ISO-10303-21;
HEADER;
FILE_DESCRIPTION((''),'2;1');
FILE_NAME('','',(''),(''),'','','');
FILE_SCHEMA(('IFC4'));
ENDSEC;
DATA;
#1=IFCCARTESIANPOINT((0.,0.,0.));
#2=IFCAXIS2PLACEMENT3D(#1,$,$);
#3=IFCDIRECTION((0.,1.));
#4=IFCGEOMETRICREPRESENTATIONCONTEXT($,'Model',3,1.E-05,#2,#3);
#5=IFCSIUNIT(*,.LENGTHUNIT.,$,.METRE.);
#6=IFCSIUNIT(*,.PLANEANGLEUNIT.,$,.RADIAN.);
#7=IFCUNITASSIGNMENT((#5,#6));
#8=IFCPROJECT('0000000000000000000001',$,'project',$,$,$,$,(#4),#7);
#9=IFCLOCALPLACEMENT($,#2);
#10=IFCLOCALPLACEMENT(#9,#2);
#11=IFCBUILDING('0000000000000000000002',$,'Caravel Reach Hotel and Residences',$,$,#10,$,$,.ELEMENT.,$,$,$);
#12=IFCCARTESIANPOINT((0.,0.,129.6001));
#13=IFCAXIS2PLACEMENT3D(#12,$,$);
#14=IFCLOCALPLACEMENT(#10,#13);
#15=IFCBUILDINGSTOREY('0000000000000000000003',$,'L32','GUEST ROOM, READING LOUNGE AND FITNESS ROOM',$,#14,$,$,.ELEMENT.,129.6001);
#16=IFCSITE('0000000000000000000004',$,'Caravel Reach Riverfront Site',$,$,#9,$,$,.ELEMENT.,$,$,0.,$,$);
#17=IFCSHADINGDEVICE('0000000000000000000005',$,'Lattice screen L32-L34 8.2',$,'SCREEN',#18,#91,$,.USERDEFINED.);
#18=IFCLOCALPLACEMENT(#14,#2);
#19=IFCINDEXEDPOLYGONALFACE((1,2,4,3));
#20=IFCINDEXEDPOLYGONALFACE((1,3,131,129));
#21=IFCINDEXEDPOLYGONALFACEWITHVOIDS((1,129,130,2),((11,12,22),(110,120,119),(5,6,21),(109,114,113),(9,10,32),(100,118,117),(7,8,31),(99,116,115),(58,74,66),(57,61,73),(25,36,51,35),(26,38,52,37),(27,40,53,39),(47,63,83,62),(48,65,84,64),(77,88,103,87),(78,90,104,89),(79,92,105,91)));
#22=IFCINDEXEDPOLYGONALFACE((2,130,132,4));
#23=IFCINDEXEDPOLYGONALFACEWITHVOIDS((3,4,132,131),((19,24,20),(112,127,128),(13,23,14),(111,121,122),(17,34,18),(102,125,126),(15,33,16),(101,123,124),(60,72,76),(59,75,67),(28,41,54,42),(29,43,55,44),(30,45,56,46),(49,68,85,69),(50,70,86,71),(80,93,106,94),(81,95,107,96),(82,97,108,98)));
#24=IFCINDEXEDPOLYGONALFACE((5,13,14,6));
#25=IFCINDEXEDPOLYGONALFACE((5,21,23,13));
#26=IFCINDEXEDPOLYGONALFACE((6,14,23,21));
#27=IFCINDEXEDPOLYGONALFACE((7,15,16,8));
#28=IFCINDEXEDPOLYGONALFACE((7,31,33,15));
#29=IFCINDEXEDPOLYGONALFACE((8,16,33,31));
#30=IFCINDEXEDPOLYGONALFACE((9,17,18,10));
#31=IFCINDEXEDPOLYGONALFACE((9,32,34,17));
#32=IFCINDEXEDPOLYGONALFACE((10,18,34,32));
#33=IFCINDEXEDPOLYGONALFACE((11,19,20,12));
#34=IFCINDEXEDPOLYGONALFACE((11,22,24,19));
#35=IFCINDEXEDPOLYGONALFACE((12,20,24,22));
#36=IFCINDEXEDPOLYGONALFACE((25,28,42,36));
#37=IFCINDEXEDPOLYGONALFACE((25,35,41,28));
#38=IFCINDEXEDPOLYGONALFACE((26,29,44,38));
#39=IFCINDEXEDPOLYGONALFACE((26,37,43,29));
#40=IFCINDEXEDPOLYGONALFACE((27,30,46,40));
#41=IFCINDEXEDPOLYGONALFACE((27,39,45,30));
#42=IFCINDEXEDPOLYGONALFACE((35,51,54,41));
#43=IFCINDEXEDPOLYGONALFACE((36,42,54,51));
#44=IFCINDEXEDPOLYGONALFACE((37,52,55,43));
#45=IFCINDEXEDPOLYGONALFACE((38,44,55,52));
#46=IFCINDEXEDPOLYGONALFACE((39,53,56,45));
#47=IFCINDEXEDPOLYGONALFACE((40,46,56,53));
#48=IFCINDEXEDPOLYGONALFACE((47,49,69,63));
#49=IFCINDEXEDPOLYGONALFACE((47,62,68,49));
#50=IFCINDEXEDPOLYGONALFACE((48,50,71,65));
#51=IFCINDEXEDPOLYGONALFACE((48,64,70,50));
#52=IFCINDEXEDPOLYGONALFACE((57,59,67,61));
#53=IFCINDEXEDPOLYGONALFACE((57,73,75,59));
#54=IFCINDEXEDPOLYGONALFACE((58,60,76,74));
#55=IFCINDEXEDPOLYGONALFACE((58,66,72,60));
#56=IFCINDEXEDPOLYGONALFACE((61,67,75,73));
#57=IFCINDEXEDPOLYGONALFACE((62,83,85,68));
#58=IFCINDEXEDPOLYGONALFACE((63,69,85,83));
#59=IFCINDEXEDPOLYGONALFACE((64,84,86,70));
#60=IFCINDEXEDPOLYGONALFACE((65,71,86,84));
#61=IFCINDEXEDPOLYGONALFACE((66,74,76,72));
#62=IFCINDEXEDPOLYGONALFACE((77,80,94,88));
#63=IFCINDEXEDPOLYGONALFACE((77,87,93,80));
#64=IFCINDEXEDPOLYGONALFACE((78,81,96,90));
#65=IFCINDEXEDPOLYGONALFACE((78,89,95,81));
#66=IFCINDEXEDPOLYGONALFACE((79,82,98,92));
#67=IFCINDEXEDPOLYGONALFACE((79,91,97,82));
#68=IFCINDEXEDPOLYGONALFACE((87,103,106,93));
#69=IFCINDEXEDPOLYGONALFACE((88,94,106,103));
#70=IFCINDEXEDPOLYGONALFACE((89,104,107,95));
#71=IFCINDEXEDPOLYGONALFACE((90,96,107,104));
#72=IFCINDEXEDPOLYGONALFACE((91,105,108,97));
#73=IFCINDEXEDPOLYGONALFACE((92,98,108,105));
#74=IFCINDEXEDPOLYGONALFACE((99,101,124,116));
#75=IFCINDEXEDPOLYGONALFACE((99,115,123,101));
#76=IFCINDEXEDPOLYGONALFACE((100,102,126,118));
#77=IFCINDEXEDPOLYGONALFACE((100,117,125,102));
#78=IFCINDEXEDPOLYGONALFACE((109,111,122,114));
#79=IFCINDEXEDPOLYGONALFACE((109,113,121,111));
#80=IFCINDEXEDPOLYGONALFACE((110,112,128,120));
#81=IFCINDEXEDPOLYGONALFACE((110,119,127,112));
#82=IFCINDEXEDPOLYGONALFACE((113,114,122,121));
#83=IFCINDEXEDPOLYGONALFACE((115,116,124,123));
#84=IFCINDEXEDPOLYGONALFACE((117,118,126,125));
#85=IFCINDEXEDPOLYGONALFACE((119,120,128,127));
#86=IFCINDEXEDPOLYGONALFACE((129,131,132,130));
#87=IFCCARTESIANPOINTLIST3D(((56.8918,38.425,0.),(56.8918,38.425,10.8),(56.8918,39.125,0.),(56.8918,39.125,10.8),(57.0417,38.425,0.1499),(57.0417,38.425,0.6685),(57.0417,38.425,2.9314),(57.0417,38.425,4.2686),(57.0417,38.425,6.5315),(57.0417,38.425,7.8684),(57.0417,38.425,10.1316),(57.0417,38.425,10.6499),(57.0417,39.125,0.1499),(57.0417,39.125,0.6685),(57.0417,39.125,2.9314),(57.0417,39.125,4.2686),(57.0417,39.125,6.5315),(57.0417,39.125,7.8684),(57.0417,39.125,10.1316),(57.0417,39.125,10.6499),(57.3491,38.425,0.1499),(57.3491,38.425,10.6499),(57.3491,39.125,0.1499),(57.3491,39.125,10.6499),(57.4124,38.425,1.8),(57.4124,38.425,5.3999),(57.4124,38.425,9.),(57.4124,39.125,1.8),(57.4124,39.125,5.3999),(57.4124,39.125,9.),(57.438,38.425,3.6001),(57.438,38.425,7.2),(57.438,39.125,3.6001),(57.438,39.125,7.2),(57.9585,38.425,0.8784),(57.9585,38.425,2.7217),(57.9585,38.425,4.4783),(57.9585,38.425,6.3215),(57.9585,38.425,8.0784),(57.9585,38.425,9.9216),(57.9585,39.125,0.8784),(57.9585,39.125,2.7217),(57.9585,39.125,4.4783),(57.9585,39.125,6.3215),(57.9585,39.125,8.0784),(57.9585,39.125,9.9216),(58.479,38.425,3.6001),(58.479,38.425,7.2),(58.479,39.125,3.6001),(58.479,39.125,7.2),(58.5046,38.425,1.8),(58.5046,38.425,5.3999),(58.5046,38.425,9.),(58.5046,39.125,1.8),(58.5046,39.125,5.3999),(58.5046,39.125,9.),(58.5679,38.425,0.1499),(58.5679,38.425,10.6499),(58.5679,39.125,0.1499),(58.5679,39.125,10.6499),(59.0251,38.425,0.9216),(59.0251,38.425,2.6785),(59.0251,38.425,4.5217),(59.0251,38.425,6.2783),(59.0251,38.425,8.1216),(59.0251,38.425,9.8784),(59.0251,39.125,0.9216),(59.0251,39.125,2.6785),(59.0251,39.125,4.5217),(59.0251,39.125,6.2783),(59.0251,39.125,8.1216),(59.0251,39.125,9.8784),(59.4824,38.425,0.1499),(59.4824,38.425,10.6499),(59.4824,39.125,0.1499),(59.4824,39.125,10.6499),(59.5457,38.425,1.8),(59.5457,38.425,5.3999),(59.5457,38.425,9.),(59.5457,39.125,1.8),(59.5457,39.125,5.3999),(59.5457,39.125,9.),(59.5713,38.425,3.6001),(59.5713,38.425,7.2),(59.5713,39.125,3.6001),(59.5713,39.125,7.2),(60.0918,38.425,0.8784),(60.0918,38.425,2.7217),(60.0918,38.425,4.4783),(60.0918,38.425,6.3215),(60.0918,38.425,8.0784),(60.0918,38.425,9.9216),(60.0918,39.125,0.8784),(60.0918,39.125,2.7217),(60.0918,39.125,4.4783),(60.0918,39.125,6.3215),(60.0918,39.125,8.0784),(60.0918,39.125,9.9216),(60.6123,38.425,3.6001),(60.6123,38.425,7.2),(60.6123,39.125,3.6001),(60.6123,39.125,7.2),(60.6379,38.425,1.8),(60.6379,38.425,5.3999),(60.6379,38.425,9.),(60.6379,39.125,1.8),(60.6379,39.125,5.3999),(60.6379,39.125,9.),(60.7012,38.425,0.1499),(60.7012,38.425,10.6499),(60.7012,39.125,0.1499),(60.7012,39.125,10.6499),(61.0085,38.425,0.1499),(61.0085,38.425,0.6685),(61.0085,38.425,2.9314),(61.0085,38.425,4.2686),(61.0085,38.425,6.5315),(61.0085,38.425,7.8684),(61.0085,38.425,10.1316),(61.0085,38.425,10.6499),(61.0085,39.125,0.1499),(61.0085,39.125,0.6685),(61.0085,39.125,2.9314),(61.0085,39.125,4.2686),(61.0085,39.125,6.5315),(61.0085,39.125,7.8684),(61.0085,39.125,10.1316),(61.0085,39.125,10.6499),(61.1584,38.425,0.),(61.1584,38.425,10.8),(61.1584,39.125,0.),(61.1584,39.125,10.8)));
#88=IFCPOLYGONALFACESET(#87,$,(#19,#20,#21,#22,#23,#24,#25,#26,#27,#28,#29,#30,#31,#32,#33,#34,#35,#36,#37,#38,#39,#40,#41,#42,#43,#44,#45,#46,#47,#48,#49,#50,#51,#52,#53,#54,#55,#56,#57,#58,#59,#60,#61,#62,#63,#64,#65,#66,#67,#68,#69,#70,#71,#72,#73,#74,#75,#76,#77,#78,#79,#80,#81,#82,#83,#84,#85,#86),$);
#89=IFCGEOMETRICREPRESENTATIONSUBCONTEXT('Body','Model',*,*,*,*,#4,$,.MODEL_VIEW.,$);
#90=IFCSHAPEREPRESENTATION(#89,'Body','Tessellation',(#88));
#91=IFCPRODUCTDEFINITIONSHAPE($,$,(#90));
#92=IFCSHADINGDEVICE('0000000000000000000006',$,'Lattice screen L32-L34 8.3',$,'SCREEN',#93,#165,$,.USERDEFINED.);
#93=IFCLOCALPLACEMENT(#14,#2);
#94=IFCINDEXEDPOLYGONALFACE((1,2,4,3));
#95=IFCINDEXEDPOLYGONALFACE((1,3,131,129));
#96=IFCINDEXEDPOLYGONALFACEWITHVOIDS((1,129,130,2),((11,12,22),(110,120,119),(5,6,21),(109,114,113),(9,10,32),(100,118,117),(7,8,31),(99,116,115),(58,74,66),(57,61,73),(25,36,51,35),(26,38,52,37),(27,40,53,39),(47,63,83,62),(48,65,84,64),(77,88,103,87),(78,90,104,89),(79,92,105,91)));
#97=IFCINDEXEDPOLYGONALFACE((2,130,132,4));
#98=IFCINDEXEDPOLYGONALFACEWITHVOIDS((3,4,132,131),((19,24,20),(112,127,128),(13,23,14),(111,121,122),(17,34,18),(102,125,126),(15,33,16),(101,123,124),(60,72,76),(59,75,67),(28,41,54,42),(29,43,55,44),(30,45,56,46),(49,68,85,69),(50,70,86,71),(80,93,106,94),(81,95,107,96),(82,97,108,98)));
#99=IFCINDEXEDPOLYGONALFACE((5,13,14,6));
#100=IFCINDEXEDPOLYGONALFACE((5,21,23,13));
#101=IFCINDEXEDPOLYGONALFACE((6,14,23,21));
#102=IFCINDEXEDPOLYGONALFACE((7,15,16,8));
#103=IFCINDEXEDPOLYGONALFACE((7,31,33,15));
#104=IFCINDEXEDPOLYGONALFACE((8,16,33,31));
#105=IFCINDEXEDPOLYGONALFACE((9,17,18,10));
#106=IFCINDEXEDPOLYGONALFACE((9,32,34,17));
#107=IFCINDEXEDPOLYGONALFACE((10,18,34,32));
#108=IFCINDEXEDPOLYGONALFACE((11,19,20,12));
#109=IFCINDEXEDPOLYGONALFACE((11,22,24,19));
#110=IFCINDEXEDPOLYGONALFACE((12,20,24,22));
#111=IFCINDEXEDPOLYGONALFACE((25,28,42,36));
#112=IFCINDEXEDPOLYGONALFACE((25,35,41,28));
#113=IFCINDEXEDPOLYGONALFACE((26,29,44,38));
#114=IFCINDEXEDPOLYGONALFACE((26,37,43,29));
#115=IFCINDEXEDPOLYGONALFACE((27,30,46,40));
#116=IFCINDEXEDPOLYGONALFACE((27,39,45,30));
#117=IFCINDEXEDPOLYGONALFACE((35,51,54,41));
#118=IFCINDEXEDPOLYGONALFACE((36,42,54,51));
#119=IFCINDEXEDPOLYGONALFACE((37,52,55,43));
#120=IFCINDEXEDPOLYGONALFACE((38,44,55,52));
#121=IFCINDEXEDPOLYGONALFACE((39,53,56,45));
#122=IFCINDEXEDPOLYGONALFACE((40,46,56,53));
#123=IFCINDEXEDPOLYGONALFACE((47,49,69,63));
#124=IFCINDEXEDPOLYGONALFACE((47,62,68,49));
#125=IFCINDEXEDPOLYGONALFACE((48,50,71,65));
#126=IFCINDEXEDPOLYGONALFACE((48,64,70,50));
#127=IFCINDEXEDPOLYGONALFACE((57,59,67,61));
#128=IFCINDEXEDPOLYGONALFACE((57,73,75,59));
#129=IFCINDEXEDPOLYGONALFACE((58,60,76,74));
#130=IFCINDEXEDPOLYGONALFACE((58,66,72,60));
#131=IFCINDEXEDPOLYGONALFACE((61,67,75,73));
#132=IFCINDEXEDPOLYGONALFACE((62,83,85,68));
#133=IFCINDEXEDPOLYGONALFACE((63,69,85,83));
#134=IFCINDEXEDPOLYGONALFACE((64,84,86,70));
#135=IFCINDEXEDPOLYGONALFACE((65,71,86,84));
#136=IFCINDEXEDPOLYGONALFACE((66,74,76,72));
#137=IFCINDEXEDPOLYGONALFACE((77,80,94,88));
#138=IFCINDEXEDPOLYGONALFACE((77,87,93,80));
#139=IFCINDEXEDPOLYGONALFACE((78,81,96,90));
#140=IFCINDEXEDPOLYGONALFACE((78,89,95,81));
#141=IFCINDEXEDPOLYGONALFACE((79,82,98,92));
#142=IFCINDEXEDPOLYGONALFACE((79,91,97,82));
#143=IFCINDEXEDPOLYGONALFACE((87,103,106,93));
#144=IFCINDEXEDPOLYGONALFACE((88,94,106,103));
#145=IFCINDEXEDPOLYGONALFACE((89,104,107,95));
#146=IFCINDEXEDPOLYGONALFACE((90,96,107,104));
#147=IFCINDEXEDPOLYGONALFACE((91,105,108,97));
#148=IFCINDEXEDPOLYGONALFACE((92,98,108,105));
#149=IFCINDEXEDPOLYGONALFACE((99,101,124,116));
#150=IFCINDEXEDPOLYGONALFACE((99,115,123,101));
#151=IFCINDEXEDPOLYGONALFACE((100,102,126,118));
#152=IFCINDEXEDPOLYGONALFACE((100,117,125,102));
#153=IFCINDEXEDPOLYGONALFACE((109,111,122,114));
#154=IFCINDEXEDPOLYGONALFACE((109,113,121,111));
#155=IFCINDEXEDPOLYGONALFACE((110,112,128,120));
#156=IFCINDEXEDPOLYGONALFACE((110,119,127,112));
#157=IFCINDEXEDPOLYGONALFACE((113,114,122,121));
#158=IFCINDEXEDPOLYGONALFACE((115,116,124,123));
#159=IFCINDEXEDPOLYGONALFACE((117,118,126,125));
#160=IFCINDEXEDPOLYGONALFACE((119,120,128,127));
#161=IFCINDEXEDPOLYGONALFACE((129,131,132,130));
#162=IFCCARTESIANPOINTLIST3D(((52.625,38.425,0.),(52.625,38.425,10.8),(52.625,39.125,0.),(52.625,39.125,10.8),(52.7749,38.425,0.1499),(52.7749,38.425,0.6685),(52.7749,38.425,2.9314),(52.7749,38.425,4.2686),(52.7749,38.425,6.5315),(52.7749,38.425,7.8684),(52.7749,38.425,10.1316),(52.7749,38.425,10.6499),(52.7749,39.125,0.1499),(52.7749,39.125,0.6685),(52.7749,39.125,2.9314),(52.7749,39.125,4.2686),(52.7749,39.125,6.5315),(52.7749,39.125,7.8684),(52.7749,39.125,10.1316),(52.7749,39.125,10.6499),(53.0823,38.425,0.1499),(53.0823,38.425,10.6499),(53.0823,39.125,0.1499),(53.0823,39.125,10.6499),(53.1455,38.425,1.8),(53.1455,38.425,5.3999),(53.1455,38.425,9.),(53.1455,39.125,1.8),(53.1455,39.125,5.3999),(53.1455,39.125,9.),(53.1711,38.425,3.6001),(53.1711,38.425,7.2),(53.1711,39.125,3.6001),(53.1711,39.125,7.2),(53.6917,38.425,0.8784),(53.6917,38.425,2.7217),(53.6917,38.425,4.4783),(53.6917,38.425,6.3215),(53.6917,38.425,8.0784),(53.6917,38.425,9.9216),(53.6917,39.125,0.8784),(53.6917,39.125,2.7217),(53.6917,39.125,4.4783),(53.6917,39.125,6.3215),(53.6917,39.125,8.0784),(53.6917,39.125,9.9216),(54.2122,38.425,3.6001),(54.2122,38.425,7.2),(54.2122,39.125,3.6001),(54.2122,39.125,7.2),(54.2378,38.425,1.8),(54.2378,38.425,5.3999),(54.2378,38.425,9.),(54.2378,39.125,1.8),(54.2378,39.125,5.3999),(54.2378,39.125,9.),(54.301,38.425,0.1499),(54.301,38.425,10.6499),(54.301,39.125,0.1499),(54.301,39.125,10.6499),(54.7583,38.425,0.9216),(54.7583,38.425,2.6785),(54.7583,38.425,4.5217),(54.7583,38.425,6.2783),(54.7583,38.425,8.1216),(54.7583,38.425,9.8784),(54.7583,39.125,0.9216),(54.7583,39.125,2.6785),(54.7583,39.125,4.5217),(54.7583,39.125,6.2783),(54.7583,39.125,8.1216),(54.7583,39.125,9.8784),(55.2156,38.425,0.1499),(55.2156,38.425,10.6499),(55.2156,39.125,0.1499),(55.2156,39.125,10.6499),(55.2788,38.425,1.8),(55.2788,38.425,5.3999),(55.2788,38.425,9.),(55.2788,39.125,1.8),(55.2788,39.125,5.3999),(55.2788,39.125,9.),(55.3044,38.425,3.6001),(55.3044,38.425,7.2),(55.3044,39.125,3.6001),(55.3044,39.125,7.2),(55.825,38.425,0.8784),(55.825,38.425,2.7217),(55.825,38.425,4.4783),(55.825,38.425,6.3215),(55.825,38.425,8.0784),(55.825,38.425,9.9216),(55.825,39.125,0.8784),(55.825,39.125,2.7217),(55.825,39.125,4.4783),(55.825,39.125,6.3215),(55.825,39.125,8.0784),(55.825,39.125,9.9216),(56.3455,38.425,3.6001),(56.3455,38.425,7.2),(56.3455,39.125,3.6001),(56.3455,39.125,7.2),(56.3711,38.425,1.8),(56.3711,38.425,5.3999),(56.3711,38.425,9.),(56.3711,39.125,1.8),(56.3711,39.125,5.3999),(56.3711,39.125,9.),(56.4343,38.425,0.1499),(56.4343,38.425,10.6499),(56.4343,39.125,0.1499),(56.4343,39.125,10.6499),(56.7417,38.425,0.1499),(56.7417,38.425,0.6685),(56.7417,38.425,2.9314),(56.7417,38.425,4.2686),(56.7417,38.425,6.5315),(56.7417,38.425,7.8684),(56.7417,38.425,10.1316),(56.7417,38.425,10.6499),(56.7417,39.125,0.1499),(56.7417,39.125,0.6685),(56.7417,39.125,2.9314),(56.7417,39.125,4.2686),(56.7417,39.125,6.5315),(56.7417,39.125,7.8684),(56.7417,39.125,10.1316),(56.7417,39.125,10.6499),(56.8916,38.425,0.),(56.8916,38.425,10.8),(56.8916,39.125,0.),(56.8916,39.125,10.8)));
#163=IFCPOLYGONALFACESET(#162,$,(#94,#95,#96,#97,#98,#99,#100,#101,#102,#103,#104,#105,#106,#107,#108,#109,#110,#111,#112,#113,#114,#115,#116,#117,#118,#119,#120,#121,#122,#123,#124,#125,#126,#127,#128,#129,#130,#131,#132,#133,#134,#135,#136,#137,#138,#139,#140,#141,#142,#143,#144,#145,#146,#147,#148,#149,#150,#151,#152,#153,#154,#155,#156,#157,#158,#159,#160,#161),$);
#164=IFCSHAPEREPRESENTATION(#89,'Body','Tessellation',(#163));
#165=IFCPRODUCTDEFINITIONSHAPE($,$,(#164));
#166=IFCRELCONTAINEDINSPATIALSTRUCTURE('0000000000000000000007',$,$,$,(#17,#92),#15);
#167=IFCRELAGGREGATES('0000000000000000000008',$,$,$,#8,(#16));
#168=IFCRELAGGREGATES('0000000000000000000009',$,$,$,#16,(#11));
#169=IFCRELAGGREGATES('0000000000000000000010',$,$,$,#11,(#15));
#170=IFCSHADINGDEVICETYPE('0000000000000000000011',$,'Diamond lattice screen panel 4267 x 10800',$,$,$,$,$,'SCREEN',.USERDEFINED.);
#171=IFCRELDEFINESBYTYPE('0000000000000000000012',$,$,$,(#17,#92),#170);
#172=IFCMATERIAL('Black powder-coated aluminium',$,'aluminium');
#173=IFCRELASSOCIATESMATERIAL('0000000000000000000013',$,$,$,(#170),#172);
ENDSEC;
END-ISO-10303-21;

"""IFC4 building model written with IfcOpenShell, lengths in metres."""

from ifc_helpers import new_model, si_unit, direction, frame, origin, place, context, subcontext, project, spatial, polyline, outline, extrude, material, type_object, element, save


model = new_model("IFC4")

# Units and contexts
model_context = context("Model", 3, precision=1e-05, world=origin(), true_north=direction((0.0, 1.0)))
body_context = subcontext(model_context, "Body", "Model", "MODEL_VIEW")
ifc_project = project(units=[si_unit("LENGTHUNIT", "METRE"), si_unit("PLANEANGLEUNIT", "RADIAN")], contexts=[model_context])

# Site, building, storey
site_placement = place(None, origin())
site = spatial("IfcSite", under=ifc_project, at=site_placement, Name="Caravel Reach Riverfront Site", CompositionType="ELEMENT", RefElevation=0.0)
building_placement = place(site_placement, origin())
building = spatial("IfcBuilding", under=site, at=building_placement, Name="Caravel Reach Hotel and Residences", CompositionType="ELEMENT")
storey_placement = place(building_placement, frame((0.0, 0.0, 129.6001)))
storey = spatial("IfcBuildingStorey", under=building, at=storey_placement, Name="L32", Description="GUEST ROOM, READING LOUNGE AND FITNESS ROOM", CompositionType="ELEMENT", Elevation=129.6001)

# Shading devices
ifc_material_1 = material(Name="Black powder-coated aluminium", Category="aluminium")
shading_device_type = type_object("IfcShadingDeviceType", Name="Diamond lattice screen panel 4267 x 10800", ElementType="SCREEN", PredefinedType="USERDEFINED", material=ifc_material_1)
shading_device_1_placement = place(storey_placement, frame((61.1584, 38.425, 0.0), z_axis=(0.0, 1.0, 0.0), x_axis=(-1.0, 0.0, 0.0)))
element("IfcShadingDevice", 1, at=shading_device_1_placement, inside=storey, type_object=shading_device_type, Name="Lattice screen L32-L34 8.2", ObjectType="SCREEN", PredefinedType="USERDEFINED", context=body_context, shape_type="SweptSolid", body=[
    extrude(outline(polyline([(0.0, 0.0), (4.2666, 0.0), (4.2666, 10.8), (0.0, 10.8), (0.0, 0.0)]), holes=[polyline([(0.4573, 0.1499), (0.1499, 0.6685), (0.1499, 0.1499), (0.4573, 0.1499)]), polyline([(0.5461, 3.6001), (0.1499, 4.2686), (0.1499, 2.9314), (0.5461, 3.6001)]), polyline([(0.5461, 7.2), (0.1499, 7.8684), (0.1499, 6.5315), (0.5461, 7.2)]), polyline([(0.1499, 10.1316), (0.4573, 10.6499), (0.1499, 10.6499), (0.1499, 10.1316)]), polyline([(1.0667, 2.7217), (0.5205, 1.8), (1.0667, 0.8784), (1.6128, 1.8), (1.0667, 2.7217)]), polyline([(1.0667, 6.3215), (0.5205, 5.3999), (1.0667, 4.4783), (1.6128, 5.3999), (1.0667, 6.3215)]), polyline([(1.0667, 9.9216), (0.5205, 9.0), (1.0667, 8.0784), (1.6128, 9.0), (1.0667, 9.9216)]), polyline([(2.1333, 0.9216), (1.676, 0.1499), (2.5906, 0.1499), (2.1333, 0.9216)]), polyline([(2.1333, 4.5217), (1.5872, 3.6001), (2.1333, 2.6785), (2.6794, 3.6001), (2.1333, 4.5217)]), polyline([(2.1333, 8.1216), (1.5872, 7.2), (2.1333, 6.2783), (2.6794, 7.2), (2.1333, 8.1216)]), polyline([(2.1333, 9.8784), (2.5906, 10.6499), (1.676, 10.6499), (2.1333, 9.8784)]), polyline([(3.2, 2.7217), (2.6538, 1.8), (3.2, 0.8784), (3.7461, 1.8), (3.2, 2.7217)]), polyline([(3.2, 6.3215), (2.6538, 5.3999), (3.2, 4.4783), (3.7461, 5.3999), (3.2, 6.3215)]), polyline([(3.2, 9.9216), (2.6538, 9.0), (3.2, 8.0784), (3.7461, 9.0), (3.2, 9.9216)]), polyline([(4.1167, 0.6685), (3.8093, 0.1499), (4.1167, 0.1499), (4.1167, 0.6685)]), polyline([(3.7205, 3.6001), (4.1167, 2.9314), (4.1167, 4.2686), (3.7205, 3.6001)]), polyline([(3.7205, 7.2), (4.1167, 6.5315), (4.1167, 7.8684), (3.7205, 7.2)]), polyline([(3.8093, 10.6499), (4.1167, 10.1316), (4.1167, 10.6499), (3.8093, 10.6499)])]), origin(), (0.0, 0.0, 1.0), 0.7),
])
shading_device_2_placement = place(storey_placement, frame((56.8916, 38.425, 0.0), z_axis=(0.0, 1.0, 0.0), x_axis=(-1.0, 0.0, 0.0)))
element("IfcShadingDevice", 2, at=shading_device_2_placement, inside=storey, type_object=shading_device_type, Name="Lattice screen L32-L34 8.3", ObjectType="SCREEN", PredefinedType="USERDEFINED", context=body_context, shape_type="SweptSolid", body=[
    extrude(outline(polyline([(0.0, 0.0), (4.2666, 0.0), (4.2666, 10.8), (0.0, 10.8), (0.0, 0.0)]), holes=[polyline([(0.4573, 0.1499), (0.1499, 0.6685), (0.1499, 0.1499), (0.4573, 0.1499)]), polyline([(0.5461, 3.6001), (0.1499, 4.2686), (0.1499, 2.9314), (0.5461, 3.6001)]), polyline([(0.5461, 7.2), (0.1499, 7.8684), (0.1499, 6.5315), (0.5461, 7.2)]), polyline([(0.1499, 10.1316), (0.4573, 10.6499), (0.1499, 10.6499), (0.1499, 10.1316)]), polyline([(1.0667, 2.7217), (0.5205, 1.8), (1.0667, 0.8784), (1.6128, 1.8), (1.0667, 2.7217)]), polyline([(1.0667, 6.3215), (0.5205, 5.3999), (1.0667, 4.4783), (1.6128, 5.3999), (1.0667, 6.3215)]), polyline([(1.0667, 9.9216), (0.5205, 9.0), (1.0667, 8.0784), (1.6128, 9.0), (1.0667, 9.9216)]), polyline([(2.1333, 0.9216), (1.676, 0.1499), (2.5906, 0.1499), (2.1333, 0.9216)]), polyline([(2.1333, 4.5217), (1.5872, 3.6001), (2.1333, 2.6785), (2.6794, 3.6001), (2.1333, 4.5217)]), polyline([(2.1333, 8.1216), (1.5872, 7.2), (2.1333, 6.2783), (2.6794, 7.2), (2.1333, 8.1216)]), polyline([(2.1333, 9.8784), (2.5906, 10.6499), (1.676, 10.6499), (2.1333, 9.8784)]), polyline([(3.2, 2.7217), (2.6538, 1.8), (3.2, 0.8784), (3.7461, 1.8), (3.2, 2.7217)]), polyline([(3.2, 6.3215), (2.6538, 5.3999), (3.2, 4.4783), (3.7461, 5.3999), (3.2, 6.3215)]), polyline([(3.2, 9.9216), (2.6538, 9.0), (3.2, 8.0784), (3.7461, 9.0), (3.2, 9.9216)]), polyline([(4.1167, 0.6685), (3.8093, 0.1499), (4.1167, 0.1499), (4.1167, 0.6685)]), polyline([(3.7205, 3.6001), (4.1167, 2.9314), (4.1167, 4.2686), (3.7205, 3.6001)]), polyline([(3.7205, 7.2), (4.1167, 6.5315), (4.1167, 7.8684), (3.7205, 7.2)]), polyline([(3.8093, 10.6499), (4.1167, 10.1316), (4.1167, 10.6499), (3.8093, 10.6499)])]), origin(), (0.0, 0.0, 1.0), 0.7),
])

save(model, "model.ifc")
